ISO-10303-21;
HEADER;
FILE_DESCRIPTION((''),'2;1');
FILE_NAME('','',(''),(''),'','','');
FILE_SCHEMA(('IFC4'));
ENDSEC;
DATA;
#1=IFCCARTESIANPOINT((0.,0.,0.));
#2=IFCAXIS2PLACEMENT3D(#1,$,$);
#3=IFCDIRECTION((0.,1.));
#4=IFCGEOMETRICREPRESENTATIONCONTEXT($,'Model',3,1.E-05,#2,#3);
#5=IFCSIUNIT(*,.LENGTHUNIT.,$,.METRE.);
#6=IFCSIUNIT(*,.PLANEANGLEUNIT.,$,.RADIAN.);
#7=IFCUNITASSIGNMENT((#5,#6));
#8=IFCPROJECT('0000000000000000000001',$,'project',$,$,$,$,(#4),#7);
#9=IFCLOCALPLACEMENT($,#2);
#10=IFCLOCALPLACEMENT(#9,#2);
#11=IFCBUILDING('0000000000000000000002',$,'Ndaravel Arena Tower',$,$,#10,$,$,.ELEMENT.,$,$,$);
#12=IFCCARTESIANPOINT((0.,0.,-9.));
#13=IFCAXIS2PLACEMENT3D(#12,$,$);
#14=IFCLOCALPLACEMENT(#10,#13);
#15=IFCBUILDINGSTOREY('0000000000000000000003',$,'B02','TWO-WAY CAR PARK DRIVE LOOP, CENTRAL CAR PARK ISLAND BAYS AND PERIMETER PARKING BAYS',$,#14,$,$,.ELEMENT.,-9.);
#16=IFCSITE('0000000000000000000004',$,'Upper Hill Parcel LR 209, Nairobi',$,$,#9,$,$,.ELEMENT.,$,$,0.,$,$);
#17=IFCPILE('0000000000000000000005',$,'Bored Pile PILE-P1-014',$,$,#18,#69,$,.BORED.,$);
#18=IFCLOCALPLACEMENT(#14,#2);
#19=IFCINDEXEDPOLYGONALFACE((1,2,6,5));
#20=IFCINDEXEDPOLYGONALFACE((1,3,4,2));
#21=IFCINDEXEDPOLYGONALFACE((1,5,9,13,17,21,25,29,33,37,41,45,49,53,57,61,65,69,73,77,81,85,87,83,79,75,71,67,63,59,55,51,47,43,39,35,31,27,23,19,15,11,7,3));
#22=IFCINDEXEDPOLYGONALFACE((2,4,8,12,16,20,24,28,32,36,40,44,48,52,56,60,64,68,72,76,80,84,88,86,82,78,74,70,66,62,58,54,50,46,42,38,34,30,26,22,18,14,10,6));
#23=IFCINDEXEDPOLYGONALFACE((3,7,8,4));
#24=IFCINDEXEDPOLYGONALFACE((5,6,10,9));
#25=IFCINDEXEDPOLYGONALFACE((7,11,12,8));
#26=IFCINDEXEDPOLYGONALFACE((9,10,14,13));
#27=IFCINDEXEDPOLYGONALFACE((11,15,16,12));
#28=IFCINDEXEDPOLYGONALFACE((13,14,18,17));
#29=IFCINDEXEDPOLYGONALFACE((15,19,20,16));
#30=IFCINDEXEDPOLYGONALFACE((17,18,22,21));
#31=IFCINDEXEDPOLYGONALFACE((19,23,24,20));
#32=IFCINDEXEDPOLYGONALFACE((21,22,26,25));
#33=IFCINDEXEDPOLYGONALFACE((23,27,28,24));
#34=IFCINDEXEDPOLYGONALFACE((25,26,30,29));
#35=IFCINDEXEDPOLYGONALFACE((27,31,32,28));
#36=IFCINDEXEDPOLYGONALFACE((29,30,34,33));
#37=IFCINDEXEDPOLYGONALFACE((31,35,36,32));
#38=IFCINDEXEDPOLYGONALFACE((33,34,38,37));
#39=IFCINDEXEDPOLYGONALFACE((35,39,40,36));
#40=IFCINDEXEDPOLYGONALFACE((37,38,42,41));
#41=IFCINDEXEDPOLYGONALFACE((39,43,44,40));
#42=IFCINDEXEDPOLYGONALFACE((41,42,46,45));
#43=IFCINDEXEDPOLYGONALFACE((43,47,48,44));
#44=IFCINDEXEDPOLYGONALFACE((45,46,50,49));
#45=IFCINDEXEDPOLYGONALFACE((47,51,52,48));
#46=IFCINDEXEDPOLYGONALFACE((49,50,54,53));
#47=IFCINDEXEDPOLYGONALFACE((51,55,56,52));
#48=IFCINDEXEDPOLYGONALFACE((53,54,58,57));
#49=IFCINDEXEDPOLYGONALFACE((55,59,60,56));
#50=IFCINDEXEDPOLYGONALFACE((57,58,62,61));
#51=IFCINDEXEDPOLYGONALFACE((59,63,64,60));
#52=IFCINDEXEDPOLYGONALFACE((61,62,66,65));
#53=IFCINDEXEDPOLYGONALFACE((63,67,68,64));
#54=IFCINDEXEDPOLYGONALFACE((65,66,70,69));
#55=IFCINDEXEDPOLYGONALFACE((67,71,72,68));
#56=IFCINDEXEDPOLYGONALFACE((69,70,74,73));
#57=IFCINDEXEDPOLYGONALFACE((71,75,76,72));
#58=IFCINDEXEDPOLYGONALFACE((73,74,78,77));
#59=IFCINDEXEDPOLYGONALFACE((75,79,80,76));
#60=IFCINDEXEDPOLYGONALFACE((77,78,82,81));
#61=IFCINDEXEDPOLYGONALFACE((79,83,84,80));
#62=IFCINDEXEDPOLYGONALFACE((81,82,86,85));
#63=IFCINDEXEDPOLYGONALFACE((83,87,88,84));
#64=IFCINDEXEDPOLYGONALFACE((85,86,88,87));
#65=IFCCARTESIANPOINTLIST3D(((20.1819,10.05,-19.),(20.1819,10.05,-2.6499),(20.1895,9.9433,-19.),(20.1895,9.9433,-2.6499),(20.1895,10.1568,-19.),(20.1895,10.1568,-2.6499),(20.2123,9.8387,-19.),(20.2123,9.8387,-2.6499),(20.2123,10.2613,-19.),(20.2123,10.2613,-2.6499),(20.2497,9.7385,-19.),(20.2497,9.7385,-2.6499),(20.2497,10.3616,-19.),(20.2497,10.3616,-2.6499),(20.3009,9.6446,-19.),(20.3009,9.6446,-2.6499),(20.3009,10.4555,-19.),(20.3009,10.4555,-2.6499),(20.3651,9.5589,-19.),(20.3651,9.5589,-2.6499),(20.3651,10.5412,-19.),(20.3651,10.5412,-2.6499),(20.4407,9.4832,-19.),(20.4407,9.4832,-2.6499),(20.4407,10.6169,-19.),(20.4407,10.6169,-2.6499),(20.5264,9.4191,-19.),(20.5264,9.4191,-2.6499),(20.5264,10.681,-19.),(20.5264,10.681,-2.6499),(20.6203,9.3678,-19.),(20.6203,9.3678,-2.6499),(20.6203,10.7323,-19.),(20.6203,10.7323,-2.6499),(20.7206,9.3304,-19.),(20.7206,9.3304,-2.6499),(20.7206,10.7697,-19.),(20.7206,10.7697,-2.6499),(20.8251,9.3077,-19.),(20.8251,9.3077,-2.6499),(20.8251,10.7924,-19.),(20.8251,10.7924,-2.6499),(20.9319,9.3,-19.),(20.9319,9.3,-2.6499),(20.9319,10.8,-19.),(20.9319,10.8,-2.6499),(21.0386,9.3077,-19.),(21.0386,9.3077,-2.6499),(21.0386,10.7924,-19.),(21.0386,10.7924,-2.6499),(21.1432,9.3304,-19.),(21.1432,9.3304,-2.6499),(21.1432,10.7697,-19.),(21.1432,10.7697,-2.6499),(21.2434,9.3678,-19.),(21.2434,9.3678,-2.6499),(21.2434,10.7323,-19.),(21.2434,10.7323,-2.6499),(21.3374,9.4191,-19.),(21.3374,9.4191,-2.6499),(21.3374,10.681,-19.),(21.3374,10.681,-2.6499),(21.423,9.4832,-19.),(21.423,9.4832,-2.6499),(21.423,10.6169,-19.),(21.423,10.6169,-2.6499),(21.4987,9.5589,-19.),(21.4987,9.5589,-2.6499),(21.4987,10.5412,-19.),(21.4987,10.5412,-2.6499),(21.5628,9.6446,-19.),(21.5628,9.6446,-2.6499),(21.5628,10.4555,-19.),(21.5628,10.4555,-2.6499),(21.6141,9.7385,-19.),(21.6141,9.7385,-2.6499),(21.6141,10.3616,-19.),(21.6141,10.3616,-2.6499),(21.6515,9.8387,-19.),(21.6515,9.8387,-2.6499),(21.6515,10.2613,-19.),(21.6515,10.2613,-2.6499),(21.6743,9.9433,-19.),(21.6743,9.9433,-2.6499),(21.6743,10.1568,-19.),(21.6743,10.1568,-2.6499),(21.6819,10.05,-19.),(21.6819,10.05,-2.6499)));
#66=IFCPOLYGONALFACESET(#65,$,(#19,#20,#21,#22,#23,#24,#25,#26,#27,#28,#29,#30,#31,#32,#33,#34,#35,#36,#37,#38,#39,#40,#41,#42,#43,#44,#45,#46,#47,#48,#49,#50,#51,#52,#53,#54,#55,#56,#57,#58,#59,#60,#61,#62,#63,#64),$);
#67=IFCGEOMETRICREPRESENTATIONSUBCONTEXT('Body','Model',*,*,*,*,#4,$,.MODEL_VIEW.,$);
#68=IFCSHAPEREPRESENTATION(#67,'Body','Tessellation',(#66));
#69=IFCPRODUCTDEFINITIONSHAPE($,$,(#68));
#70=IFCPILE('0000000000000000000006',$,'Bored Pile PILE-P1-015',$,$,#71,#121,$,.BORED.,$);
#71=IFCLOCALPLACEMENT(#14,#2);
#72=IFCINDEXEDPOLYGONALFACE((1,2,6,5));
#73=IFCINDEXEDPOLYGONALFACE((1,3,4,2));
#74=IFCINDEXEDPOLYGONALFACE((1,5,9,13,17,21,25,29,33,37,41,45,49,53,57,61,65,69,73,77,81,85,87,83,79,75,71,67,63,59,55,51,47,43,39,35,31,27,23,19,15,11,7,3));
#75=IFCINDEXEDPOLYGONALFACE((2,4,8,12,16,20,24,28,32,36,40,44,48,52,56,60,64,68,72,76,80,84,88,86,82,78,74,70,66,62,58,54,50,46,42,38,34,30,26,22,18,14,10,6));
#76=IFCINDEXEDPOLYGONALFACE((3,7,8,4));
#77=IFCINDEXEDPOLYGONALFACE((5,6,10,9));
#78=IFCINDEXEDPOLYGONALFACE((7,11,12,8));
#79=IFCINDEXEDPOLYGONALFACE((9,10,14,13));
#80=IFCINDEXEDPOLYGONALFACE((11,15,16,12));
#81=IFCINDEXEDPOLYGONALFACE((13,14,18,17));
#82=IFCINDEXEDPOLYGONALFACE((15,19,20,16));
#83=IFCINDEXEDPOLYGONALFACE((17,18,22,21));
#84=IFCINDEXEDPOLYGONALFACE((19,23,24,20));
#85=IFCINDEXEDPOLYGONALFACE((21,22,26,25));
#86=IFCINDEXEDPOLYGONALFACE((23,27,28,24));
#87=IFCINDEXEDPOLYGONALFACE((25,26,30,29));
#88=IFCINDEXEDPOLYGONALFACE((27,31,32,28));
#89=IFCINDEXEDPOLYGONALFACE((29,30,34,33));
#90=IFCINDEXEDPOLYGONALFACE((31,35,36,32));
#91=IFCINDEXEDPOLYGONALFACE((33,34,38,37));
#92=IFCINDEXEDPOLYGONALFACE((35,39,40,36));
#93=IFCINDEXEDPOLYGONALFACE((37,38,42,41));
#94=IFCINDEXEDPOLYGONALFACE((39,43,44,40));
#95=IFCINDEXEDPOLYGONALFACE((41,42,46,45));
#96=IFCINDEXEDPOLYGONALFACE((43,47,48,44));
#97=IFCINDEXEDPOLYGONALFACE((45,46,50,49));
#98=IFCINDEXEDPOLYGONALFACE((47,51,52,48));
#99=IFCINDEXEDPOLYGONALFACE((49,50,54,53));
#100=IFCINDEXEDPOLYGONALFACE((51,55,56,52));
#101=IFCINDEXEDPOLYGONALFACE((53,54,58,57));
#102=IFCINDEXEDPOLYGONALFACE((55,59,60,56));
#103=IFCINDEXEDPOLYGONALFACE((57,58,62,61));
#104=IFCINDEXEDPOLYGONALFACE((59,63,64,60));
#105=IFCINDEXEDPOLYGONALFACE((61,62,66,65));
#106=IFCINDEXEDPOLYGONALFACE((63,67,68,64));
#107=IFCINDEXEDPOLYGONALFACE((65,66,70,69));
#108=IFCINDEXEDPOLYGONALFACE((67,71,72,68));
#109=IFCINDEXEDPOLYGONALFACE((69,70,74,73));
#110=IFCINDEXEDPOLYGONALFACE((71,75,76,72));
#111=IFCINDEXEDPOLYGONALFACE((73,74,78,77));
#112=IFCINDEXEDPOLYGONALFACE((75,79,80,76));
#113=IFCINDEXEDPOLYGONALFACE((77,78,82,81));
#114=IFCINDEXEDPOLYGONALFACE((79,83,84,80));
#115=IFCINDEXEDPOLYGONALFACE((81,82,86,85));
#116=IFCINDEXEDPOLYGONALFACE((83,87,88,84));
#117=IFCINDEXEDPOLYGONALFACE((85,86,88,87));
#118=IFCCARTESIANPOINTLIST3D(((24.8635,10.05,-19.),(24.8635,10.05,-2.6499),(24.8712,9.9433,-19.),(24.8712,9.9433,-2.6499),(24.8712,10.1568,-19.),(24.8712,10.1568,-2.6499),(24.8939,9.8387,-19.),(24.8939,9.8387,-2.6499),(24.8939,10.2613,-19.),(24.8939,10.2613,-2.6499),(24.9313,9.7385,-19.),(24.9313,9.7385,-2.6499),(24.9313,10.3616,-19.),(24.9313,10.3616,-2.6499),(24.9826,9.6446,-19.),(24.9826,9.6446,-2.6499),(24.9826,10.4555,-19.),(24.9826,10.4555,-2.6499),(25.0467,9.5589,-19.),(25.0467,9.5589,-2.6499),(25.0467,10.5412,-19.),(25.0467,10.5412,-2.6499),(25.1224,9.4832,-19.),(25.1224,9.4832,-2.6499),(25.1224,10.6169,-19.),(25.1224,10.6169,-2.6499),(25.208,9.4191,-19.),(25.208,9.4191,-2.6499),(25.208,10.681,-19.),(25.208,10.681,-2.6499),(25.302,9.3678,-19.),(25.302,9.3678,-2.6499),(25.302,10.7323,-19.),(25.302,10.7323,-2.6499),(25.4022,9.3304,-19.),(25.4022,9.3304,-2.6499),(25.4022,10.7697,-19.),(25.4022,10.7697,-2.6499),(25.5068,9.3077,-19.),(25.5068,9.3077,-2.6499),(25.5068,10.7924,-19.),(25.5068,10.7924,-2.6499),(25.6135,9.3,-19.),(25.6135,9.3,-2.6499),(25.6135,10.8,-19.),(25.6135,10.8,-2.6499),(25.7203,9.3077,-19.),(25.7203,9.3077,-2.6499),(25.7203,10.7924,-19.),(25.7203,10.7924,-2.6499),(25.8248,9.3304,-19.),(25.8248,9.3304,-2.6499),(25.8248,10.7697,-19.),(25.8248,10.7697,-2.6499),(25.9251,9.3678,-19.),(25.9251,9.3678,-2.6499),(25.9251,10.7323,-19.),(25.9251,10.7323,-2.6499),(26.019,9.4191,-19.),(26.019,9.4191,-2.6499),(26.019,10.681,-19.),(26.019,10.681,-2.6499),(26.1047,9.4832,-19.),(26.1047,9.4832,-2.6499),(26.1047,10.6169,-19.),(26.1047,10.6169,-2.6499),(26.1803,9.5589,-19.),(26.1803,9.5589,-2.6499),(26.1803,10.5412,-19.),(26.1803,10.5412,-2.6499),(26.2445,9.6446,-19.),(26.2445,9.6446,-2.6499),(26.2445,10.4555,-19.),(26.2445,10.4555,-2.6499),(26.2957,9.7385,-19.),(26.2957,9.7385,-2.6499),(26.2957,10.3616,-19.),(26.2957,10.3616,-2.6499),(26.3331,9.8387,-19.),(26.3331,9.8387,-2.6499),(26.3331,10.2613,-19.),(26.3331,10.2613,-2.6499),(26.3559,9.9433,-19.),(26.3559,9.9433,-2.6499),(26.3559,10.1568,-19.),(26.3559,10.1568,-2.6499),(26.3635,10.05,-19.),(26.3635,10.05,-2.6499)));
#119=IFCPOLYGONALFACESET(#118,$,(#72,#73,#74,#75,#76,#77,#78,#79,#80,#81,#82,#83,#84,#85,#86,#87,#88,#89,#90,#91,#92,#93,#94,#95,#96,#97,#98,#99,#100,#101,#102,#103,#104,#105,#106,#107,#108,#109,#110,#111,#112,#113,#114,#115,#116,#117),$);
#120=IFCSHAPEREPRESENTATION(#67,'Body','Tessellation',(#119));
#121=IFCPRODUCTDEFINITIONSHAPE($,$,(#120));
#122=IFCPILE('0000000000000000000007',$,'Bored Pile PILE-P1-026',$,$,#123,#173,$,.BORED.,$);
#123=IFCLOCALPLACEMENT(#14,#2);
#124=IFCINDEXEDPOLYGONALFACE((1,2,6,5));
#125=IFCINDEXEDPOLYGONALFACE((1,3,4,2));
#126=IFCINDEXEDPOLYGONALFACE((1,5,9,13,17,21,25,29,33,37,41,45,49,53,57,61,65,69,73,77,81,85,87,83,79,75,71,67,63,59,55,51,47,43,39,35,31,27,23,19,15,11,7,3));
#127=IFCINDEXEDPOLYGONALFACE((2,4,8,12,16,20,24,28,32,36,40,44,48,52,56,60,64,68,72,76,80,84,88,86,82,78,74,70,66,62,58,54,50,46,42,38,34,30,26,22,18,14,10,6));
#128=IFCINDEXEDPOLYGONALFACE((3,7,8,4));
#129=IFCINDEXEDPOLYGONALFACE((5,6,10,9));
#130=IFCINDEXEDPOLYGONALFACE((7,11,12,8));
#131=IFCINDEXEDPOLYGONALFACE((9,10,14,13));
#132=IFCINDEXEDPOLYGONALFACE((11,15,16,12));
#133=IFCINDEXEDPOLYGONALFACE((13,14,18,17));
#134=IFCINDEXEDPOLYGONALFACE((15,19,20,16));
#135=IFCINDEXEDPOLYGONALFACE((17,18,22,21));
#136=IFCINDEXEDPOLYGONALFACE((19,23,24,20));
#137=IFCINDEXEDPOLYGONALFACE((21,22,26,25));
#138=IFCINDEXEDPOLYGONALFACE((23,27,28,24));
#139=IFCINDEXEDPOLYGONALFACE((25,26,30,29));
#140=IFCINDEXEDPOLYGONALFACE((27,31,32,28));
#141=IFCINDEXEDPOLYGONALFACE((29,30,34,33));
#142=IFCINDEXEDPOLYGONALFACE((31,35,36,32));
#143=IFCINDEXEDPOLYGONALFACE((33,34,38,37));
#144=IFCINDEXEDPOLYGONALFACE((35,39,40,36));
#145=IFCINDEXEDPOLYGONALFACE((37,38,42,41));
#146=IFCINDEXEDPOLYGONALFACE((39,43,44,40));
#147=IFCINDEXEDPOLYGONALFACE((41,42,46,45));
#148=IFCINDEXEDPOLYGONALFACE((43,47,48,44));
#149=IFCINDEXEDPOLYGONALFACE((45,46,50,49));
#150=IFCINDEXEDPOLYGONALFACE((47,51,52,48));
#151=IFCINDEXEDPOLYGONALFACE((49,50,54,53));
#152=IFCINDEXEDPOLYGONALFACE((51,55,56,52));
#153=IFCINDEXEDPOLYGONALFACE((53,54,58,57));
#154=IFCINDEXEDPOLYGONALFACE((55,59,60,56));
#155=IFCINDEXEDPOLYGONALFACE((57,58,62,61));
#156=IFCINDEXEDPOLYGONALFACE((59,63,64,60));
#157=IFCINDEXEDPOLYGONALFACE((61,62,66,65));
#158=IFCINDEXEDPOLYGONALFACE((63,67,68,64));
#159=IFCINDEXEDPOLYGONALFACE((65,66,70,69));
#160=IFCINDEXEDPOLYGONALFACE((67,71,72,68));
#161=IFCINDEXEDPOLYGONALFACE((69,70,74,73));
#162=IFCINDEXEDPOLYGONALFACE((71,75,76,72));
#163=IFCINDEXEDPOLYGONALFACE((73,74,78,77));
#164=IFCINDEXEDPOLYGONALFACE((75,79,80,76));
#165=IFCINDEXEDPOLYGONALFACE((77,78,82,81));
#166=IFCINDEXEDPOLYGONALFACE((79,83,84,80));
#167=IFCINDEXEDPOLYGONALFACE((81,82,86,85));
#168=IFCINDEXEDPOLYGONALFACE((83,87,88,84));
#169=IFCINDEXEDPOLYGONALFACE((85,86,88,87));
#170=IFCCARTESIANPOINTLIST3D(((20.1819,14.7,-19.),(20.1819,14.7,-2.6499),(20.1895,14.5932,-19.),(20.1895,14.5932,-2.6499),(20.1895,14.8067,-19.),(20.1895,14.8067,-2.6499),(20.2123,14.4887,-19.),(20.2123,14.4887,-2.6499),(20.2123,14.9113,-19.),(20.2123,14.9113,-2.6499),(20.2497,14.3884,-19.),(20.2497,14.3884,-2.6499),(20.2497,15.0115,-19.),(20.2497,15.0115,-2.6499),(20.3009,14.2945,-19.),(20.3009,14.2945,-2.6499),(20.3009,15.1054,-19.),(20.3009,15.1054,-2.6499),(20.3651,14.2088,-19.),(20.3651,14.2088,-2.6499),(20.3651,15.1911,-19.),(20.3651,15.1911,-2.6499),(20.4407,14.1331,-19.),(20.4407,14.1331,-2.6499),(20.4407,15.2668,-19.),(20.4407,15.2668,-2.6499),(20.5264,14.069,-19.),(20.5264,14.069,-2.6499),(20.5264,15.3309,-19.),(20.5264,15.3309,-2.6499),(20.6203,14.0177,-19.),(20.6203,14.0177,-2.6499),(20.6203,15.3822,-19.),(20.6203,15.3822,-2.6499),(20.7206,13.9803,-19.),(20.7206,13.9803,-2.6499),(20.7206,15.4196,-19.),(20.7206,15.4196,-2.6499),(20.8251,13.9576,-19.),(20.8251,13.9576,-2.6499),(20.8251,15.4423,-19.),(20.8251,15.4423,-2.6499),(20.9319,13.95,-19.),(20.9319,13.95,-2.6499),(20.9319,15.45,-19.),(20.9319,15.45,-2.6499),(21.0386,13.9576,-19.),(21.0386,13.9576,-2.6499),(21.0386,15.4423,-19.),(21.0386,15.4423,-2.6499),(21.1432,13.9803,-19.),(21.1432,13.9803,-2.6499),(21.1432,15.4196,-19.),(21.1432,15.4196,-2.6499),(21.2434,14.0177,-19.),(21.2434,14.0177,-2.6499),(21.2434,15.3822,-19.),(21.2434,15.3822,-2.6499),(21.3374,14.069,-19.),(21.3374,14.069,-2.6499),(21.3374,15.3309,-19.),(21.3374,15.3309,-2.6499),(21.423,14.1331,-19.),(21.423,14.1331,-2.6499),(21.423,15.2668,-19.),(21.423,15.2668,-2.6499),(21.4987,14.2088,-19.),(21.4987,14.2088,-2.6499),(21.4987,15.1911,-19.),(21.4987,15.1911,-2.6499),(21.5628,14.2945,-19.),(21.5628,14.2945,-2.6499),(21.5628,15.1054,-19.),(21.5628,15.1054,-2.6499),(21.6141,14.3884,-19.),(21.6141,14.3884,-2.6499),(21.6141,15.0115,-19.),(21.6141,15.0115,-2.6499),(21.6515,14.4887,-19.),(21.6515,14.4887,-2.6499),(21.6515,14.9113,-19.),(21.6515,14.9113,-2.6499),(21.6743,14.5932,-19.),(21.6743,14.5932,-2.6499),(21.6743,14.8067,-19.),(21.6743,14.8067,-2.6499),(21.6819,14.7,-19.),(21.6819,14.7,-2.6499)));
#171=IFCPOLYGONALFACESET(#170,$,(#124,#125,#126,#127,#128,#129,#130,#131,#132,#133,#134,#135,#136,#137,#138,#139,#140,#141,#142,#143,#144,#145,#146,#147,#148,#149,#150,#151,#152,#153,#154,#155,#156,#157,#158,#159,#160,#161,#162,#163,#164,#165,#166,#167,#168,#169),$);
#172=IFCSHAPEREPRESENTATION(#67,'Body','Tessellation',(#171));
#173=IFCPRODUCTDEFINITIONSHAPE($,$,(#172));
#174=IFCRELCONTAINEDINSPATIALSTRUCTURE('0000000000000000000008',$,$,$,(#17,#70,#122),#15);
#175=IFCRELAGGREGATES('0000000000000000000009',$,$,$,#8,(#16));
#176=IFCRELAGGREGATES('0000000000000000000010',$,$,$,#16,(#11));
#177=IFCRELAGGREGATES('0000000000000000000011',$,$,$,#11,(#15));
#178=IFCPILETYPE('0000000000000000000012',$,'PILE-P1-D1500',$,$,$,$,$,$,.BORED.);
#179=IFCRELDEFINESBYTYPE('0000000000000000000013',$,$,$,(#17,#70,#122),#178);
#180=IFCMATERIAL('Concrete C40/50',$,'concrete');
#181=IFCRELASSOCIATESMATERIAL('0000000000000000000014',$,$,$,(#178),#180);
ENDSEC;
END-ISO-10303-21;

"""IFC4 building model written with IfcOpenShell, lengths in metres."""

from ifc_helpers import new_model, si_unit, direction, frame, origin, origin_2d, place, context, subcontext, project, spatial, circle, extrude, material, material_profile, profile_set, type_object, element, save


model = new_model("IFC4")

# Units and contexts
model_context = context("Model", 3, precision=1e-05, world=origin(), true_north=direction((0.0, 1.0)))
body_context = subcontext(model_context, "Body", "Model", "MODEL_VIEW")
ifc_project = project(units=[si_unit("LENGTHUNIT", "METRE"), si_unit("PLANEANGLEUNIT", "RADIAN")], contexts=[model_context])

# Site, building, storey
site_placement = place(None, origin())
site = spatial("IfcSite", under=ifc_project, at=site_placement, Name="Upper Hill Parcel LR 209, Nairobi", CompositionType="ELEMENT", RefElevation=0.0)
building_placement = place(site_placement, origin())
building = spatial("IfcBuilding", under=site, at=building_placement, Name="Ndaravel Arena Tower", CompositionType="ELEMENT")
storey_placement = place(building_placement, frame((0.0, 0.0, -9.0)))
storey = spatial("IfcBuildingStorey", under=building, at=storey_placement, Name="B02", Description="TWO-WAY CAR PARK DRIVE LOOP, CENTRAL CAR PARK ISLAND BAYS AND PERIMETER PARKING BAYS", CompositionType="ELEMENT", Elevation=-9.0)

# Piles
ifc_material_1 = material(Name="Concrete C40/50", Category="concrete")
ifc_material_profile = material_profile(ifc_material_1, circle(Radius=0.75, at=origin_2d()), Name="BORED PILE D1500")
ifc_profile_set = profile_set([ifc_material_profile], Name="Concrete C40/50")
pile_type = type_object("IfcPileType", Name="PILE-P1-D1500", PredefinedType="BORED", material=ifc_profile_set)
for number, where, z_axis, x_axis, name in (
    (1, (20.9319, 10.05, -2.6499), (0.0, 0.0, -1.0), (1.0, 0.0, 0.0), "Bored Pile PILE-P1-014"),
    (2, (25.6135, 10.05, -2.6499), (0.0, 0.0, -1.0), (1.0, 0.0, 0.0), "Bored Pile PILE-P1-015"),
    (3, (20.9319, 14.7, -2.6499), (0.0, 0.0, -1.0), (1.0, 0.0, 0.0), "Bored Pile PILE-P1-026"),
):
    element("IfcPile", number, at=place(storey_placement, frame(where, z_axis=z_axis, x_axis=x_axis)), inside=storey, type_object=pile_type, Name=name, PredefinedType="BORED", context=body_context, shape_type="SweptSolid", body=[
        extrude(circle(Radius=0.75, at=origin_2d()), origin(), (0.0, 0.0, 1.0), 16.3501),
    ])

save(model, "model.ifc")
